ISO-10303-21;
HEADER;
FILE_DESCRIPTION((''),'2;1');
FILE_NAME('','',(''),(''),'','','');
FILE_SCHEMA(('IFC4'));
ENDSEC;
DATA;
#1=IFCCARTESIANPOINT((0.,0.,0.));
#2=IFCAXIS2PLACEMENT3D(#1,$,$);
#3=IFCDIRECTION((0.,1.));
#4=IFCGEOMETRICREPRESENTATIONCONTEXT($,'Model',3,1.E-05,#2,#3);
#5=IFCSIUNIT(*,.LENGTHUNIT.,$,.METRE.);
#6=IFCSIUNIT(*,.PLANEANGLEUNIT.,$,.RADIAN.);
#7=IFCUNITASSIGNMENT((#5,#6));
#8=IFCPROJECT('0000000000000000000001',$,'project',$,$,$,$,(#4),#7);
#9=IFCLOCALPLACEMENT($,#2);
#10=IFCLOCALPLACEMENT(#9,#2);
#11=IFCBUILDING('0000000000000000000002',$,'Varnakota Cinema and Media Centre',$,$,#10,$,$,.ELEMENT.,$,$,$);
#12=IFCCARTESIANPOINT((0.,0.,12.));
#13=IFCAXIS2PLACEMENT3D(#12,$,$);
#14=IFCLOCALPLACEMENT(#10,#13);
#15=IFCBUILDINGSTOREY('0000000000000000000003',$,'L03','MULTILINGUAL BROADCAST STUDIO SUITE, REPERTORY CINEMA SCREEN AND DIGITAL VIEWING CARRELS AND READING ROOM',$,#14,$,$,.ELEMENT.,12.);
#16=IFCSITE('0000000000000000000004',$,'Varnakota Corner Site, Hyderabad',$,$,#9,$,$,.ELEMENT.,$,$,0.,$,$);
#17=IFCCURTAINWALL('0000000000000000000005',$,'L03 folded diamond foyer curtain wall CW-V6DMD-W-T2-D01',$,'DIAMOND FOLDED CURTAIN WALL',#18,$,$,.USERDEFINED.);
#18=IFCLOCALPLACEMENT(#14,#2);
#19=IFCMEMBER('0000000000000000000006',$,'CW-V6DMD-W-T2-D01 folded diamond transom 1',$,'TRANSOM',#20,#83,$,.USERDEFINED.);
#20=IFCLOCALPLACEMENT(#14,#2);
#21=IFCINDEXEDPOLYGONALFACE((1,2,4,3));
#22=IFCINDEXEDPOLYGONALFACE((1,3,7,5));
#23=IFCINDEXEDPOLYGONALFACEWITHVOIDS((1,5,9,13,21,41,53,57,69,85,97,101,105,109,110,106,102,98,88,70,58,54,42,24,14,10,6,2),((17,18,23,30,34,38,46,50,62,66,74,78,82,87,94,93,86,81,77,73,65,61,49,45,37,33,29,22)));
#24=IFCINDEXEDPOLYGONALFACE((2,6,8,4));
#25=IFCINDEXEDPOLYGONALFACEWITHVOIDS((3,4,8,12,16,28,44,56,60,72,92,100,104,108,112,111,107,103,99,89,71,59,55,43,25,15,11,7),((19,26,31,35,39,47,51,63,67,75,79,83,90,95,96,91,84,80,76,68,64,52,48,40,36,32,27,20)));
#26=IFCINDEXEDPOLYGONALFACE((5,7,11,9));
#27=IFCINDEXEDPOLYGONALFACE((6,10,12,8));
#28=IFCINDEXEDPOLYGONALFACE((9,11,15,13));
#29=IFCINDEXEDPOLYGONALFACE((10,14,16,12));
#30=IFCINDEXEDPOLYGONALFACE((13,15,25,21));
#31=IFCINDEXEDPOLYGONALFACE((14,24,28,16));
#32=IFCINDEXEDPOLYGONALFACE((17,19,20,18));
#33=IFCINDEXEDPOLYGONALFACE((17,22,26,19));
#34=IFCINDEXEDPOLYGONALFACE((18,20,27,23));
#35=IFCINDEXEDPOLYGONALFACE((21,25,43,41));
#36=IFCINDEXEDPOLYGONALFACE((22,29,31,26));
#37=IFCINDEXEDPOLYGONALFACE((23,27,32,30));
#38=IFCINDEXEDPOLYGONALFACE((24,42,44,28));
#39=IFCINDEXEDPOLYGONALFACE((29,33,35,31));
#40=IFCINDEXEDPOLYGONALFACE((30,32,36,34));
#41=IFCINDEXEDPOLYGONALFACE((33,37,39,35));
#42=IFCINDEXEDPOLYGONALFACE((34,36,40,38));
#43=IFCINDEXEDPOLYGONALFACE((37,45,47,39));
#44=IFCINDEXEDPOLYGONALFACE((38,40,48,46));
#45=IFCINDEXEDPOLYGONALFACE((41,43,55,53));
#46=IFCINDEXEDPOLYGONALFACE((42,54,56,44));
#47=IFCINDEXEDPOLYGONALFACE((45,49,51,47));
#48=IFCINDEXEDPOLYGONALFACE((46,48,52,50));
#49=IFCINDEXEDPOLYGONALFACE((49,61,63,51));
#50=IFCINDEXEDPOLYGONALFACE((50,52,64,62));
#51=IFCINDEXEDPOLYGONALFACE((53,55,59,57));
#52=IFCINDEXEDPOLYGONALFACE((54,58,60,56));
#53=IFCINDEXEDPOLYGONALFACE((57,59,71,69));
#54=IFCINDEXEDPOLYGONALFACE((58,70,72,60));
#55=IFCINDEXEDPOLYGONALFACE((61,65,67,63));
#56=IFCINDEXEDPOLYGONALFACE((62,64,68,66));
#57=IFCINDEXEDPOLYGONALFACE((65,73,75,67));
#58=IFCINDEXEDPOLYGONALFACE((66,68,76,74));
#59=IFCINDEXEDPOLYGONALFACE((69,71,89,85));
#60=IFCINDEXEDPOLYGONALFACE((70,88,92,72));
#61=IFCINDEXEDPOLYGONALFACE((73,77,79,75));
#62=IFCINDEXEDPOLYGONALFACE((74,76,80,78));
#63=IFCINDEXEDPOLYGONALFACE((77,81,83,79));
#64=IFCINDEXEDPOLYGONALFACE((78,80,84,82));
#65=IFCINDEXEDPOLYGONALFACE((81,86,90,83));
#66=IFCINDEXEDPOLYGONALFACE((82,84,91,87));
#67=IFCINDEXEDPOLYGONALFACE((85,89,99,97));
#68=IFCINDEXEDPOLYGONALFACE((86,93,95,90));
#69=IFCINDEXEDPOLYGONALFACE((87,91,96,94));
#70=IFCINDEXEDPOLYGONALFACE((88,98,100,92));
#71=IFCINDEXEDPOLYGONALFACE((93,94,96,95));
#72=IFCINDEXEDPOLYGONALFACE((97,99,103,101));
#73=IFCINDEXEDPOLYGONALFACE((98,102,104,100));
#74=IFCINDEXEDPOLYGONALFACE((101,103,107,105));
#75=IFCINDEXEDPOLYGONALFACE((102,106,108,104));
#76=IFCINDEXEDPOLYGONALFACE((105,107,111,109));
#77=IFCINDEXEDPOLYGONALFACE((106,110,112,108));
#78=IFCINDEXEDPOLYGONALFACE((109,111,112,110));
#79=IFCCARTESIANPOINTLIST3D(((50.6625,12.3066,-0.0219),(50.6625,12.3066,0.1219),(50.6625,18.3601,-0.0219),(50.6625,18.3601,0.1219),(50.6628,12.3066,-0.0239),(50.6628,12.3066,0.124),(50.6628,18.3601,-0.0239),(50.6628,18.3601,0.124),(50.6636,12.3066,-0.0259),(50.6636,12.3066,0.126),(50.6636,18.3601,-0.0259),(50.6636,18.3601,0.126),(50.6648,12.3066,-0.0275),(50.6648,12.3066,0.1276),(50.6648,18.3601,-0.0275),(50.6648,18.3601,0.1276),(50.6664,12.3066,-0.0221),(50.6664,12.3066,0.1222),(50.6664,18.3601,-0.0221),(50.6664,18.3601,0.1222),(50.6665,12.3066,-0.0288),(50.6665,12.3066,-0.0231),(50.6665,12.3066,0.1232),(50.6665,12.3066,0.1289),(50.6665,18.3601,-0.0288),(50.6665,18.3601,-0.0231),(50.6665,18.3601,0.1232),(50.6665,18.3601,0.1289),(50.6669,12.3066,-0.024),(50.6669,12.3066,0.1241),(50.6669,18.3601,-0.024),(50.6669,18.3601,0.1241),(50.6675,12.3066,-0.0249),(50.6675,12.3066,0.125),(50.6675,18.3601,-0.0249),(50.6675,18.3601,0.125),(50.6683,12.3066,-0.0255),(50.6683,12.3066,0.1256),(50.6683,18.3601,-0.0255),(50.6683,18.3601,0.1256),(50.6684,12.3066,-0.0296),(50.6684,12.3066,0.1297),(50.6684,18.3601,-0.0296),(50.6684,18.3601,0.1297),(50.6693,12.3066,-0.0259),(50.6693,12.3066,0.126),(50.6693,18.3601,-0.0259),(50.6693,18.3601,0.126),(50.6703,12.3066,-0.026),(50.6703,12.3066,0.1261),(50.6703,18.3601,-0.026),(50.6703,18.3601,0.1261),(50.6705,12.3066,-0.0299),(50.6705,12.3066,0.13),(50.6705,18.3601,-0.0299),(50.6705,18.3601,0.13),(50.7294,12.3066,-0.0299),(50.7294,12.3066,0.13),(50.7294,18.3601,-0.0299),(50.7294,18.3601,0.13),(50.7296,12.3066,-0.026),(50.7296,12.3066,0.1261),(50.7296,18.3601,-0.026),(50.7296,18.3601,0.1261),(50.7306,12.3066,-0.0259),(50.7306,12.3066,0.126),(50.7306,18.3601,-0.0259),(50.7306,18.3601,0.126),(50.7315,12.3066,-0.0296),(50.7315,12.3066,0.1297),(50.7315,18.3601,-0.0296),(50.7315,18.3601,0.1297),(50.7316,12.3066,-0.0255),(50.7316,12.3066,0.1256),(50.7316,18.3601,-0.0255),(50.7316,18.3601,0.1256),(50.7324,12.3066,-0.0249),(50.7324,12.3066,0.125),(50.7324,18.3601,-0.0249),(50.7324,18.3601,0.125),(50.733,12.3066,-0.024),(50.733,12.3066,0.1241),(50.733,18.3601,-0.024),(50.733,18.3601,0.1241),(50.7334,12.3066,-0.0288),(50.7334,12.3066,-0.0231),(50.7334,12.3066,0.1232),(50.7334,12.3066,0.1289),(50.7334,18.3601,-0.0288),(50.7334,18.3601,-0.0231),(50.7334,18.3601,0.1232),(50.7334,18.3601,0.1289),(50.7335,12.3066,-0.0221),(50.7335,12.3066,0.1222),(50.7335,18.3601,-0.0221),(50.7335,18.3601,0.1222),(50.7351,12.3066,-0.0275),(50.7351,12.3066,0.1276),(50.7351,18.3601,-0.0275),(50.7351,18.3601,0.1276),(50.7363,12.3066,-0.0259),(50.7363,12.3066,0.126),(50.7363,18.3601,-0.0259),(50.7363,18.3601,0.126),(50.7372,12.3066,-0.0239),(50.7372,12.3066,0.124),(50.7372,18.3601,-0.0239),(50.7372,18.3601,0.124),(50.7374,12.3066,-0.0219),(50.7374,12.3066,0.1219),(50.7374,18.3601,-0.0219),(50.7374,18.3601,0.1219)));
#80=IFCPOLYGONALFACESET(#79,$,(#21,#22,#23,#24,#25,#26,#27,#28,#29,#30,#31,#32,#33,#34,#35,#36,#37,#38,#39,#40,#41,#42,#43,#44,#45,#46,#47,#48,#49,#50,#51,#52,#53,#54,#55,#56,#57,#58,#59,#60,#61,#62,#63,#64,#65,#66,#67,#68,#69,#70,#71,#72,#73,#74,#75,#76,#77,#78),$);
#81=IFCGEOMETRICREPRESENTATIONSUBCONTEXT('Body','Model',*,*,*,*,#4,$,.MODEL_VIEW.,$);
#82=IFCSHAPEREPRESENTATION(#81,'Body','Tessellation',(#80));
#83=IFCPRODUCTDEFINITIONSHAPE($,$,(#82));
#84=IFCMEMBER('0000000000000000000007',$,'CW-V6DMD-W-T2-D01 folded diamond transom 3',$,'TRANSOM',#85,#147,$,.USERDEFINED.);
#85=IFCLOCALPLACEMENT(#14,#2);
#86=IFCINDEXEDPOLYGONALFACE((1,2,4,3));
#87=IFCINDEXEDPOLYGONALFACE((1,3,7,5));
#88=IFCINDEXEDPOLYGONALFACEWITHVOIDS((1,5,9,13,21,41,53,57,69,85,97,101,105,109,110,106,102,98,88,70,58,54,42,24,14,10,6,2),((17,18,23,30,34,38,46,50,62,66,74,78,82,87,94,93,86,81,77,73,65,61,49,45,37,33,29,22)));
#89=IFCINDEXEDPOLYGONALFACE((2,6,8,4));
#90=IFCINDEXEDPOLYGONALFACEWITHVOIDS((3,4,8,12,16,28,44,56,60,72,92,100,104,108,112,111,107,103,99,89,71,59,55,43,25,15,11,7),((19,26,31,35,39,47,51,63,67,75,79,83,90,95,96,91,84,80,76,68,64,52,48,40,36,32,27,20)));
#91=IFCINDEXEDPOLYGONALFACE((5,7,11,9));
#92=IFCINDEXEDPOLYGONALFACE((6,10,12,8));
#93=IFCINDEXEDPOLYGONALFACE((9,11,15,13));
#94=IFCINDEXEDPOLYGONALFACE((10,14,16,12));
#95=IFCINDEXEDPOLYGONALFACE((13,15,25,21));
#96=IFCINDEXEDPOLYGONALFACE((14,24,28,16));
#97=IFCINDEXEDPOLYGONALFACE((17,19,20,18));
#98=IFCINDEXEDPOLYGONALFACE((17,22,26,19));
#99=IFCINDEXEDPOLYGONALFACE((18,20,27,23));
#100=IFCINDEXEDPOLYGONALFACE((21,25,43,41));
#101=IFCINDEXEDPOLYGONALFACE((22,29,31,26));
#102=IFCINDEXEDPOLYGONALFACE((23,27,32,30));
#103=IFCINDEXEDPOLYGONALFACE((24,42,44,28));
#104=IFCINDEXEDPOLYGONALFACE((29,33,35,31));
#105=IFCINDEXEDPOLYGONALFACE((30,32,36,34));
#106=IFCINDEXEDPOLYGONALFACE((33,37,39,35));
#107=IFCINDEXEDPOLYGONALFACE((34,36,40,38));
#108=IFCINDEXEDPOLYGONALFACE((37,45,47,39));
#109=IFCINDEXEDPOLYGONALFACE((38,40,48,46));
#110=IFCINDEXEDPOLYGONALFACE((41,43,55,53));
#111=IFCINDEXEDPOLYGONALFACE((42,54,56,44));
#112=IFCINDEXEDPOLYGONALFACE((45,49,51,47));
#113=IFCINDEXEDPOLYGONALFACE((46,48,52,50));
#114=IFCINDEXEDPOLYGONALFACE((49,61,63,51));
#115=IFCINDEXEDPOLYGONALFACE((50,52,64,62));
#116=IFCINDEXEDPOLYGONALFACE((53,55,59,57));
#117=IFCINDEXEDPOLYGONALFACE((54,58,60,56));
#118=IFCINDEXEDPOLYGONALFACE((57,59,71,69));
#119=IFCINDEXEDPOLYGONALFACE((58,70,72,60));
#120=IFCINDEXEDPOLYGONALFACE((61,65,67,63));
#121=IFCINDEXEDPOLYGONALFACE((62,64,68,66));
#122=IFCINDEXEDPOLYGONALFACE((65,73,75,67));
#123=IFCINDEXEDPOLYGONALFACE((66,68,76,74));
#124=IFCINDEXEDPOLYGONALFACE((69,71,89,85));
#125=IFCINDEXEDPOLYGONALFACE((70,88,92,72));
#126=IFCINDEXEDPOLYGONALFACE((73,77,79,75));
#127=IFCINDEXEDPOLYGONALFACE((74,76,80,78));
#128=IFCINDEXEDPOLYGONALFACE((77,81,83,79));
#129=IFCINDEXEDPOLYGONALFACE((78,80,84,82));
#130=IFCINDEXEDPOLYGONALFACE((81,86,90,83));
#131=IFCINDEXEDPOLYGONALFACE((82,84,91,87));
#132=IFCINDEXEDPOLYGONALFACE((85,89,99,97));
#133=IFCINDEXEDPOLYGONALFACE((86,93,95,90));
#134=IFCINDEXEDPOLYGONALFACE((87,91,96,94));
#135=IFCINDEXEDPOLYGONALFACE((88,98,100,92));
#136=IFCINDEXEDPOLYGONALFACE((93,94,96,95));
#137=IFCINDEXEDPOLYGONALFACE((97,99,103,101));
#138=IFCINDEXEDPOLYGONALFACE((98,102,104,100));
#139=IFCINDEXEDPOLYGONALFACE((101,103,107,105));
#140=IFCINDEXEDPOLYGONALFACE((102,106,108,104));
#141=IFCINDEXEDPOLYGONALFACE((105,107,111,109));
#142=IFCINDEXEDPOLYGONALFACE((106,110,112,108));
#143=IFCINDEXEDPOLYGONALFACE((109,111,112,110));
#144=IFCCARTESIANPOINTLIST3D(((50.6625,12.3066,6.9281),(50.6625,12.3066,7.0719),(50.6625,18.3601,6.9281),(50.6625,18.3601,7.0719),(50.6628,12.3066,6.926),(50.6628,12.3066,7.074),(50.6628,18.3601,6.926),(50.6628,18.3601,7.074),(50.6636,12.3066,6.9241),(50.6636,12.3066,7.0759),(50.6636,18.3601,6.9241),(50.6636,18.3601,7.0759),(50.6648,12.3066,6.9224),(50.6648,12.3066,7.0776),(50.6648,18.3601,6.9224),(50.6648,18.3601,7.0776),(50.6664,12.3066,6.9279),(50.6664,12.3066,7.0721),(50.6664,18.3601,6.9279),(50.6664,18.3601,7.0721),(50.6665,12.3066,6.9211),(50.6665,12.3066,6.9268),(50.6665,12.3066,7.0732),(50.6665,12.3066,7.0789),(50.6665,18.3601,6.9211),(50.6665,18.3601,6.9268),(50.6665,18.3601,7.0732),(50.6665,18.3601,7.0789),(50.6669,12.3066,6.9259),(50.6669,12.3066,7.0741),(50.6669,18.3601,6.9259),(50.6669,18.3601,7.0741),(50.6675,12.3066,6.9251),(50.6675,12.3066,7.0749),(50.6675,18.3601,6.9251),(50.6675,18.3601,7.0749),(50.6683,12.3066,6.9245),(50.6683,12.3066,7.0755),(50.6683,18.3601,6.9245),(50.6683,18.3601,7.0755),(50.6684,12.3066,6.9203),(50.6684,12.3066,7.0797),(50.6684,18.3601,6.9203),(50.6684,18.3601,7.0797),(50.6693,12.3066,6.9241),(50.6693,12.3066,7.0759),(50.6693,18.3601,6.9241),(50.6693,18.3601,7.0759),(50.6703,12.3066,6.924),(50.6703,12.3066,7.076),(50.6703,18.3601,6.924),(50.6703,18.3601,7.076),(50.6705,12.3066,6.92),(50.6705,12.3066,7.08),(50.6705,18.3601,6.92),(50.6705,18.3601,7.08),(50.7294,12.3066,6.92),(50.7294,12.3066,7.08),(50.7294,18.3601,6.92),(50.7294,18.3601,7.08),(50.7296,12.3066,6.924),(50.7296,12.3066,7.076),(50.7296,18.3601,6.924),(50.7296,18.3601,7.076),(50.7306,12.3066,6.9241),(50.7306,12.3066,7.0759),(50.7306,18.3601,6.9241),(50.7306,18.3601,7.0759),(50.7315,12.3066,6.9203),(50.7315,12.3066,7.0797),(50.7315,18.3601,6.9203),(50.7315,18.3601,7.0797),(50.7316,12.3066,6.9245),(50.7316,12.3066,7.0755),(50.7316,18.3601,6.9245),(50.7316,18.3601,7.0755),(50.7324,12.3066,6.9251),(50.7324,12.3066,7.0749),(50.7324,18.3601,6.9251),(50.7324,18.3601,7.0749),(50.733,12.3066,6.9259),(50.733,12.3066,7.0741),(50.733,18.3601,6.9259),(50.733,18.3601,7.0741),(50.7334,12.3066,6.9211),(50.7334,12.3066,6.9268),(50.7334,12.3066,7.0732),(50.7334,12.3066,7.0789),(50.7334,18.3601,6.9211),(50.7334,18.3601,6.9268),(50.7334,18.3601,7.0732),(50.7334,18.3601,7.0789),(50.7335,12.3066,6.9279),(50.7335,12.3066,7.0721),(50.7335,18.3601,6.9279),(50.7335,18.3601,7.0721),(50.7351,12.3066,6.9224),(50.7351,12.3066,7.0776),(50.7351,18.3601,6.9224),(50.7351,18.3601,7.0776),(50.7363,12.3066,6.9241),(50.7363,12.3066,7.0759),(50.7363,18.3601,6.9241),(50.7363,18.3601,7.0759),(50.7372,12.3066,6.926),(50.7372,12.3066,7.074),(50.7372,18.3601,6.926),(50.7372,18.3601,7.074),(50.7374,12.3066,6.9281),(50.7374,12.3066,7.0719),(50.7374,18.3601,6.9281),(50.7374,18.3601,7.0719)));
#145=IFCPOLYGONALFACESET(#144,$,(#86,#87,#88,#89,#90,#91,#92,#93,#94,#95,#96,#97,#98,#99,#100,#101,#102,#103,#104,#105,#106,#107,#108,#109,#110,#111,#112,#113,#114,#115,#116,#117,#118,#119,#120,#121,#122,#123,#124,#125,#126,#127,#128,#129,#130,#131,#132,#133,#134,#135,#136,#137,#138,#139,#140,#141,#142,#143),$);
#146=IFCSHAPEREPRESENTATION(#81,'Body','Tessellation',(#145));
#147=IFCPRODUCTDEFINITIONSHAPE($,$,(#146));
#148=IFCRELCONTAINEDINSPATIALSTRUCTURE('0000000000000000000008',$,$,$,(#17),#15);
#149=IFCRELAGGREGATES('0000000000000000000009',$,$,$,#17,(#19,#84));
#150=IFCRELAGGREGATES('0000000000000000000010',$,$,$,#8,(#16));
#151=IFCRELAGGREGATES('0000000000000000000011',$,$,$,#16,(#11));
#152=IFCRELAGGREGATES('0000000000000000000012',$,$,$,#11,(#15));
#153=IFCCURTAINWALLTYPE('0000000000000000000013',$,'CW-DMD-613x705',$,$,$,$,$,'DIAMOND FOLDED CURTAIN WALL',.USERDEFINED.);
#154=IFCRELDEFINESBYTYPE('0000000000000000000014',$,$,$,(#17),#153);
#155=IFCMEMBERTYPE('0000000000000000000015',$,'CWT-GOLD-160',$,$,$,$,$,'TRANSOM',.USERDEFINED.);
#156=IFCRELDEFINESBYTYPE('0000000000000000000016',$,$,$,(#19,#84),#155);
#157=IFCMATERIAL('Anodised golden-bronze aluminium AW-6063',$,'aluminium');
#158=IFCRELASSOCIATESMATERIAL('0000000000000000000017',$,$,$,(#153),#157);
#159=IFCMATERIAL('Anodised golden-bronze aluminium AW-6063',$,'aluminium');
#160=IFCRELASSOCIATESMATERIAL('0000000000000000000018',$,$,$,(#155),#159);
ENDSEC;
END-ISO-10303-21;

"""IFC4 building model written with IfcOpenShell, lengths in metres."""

from ifc_helpers import new_model, si_unit, direction, frame, origin, origin_2d, place, context, subcontext, project, spatial, hollow_rectangle, extrude, material, material_profile, profile_set, type_object, element, aggregate, save


model = new_model("IFC4")

# Units and contexts
model_context = context("Model", 3, precision=1e-05, world=origin(), true_north=direction((0.0, 1.0)))
body_context = subcontext(model_context, "Body", "Model", "MODEL_VIEW")
ifc_project = project(units=[si_unit("LENGTHUNIT", "METRE"), si_unit("PLANEANGLEUNIT", "RADIAN")], contexts=[model_context])

# Site, building, storey
site_placement = place(None, origin())
site = spatial("IfcSite", under=ifc_project, at=site_placement, Name="Varnakota Corner Site, Hyderabad", CompositionType="ELEMENT", RefElevation=0.0)
building_placement = place(site_placement, origin())
building = spatial("IfcBuilding", under=site, at=building_placement, Name="Varnakota Cinema and Media Centre", CompositionType="ELEMENT")
storey_placement = place(building_placement, frame((0.0, 0.0, 12.0)))
storey = spatial("IfcBuildingStorey", under=building, at=storey_placement, Name="L03", Description="MULTILINGUAL BROADCAST STUDIO SUITE, REPERTORY CINEMA SCREEN AND DIGITAL VIEWING CARRELS AND READING ROOM", CompositionType="ELEMENT", Elevation=12.0)

# Curtain wall
ifc_material_1 = material(Name="Anodised golden-bronze aluminium AW-6063", Category="aluminium")
curtain_wall_type = type_object("IfcCurtainWallType", Name="CW-DMD-613x705", ElementType="DIAMOND FOLDED CURTAIN WALL", PredefinedType="USERDEFINED", material=ifc_material_1)
curtain_wall_1_placement = place(storey_placement, origin())
curtain_wall_1 = element("IfcCurtainWall", 1, at=curtain_wall_1_placement, inside=storey, type_object=curtain_wall_type, Name="L03 folded diamond foyer curtain wall CW-V6DMD-W-T2-D01", ObjectType="DIAMOND FOLDED CURTAIN WALL", PredefinedType="USERDEFINED")

# Members
ifc_material_2 = material(Name="Anodised golden-bronze aluminium AW-6063", Category="aluminium")
ifc_material_profile_1 = material_profile(ifc_material_2, hollow_rectangle(XDim=0.075, YDim=0.1599, WallThickness=0.0039, InnerFilletRadius=0.0039, OuterFilletRadius=0.0081, at=origin_2d()), Name="AL-TRANSOM 160x75x4")
ifc_profile_set_1 = profile_set([ifc_material_profile_1], Name="Anodised golden-bronze aluminium AW-6063")
member_type_1 = type_object("IfcMemberType", Name="CWT-GOLD-160", ElementType="TRANSOM", PredefinedType="USERDEFINED", material=ifc_profile_set_1)
member_1_placement = place(storey_placement, frame((50.7, 18.3601, 0.05), z_axis=(0.0, -1.0, 0.0), x_axis=(1.0, 0.0, 0.0)))
member_1 = element("IfcMember", 2, at=member_1_placement, type_object=member_type_1, Name="CW-V6DMD-W-T2-D01 folded diamond transom 1", ObjectType="TRANSOM", PredefinedType="USERDEFINED", context=body_context, shape_type="SweptSolid", body=[
    extrude(hollow_rectangle(XDim=0.075, YDim=0.1599, WallThickness=0.0039, InnerFilletRadius=0.0039, OuterFilletRadius=0.0081, at=origin_2d()), origin(), (0.0, 0.0, 1.0), 6.0535),
])
member_2_placement = place(storey_placement, frame((50.7, 18.3601, 7.0), z_axis=(0.0, -1.0, 0.0), x_axis=(1.0, 0.0, 0.0)))
member_2 = element("IfcMember", 3, at=member_2_placement, type_object=member_type_1, Name="CW-V6DMD-W-T2-D01 folded diamond transom 3", ObjectType="TRANSOM", PredefinedType="USERDEFINED", context=body_context, shape_type="SweptSolid", body=[
    extrude(hollow_rectangle(XDim=0.075, YDim=0.1599, WallThickness=0.0039, InnerFilletRadius=0.0039, OuterFilletRadius=0.0081, at=origin_2d()), origin(), (0.0, 0.0, 1.0), 6.0535),
])
aggregate(curtain_wall_1, [member_1, member_2])

save(model, "model.ifc")
